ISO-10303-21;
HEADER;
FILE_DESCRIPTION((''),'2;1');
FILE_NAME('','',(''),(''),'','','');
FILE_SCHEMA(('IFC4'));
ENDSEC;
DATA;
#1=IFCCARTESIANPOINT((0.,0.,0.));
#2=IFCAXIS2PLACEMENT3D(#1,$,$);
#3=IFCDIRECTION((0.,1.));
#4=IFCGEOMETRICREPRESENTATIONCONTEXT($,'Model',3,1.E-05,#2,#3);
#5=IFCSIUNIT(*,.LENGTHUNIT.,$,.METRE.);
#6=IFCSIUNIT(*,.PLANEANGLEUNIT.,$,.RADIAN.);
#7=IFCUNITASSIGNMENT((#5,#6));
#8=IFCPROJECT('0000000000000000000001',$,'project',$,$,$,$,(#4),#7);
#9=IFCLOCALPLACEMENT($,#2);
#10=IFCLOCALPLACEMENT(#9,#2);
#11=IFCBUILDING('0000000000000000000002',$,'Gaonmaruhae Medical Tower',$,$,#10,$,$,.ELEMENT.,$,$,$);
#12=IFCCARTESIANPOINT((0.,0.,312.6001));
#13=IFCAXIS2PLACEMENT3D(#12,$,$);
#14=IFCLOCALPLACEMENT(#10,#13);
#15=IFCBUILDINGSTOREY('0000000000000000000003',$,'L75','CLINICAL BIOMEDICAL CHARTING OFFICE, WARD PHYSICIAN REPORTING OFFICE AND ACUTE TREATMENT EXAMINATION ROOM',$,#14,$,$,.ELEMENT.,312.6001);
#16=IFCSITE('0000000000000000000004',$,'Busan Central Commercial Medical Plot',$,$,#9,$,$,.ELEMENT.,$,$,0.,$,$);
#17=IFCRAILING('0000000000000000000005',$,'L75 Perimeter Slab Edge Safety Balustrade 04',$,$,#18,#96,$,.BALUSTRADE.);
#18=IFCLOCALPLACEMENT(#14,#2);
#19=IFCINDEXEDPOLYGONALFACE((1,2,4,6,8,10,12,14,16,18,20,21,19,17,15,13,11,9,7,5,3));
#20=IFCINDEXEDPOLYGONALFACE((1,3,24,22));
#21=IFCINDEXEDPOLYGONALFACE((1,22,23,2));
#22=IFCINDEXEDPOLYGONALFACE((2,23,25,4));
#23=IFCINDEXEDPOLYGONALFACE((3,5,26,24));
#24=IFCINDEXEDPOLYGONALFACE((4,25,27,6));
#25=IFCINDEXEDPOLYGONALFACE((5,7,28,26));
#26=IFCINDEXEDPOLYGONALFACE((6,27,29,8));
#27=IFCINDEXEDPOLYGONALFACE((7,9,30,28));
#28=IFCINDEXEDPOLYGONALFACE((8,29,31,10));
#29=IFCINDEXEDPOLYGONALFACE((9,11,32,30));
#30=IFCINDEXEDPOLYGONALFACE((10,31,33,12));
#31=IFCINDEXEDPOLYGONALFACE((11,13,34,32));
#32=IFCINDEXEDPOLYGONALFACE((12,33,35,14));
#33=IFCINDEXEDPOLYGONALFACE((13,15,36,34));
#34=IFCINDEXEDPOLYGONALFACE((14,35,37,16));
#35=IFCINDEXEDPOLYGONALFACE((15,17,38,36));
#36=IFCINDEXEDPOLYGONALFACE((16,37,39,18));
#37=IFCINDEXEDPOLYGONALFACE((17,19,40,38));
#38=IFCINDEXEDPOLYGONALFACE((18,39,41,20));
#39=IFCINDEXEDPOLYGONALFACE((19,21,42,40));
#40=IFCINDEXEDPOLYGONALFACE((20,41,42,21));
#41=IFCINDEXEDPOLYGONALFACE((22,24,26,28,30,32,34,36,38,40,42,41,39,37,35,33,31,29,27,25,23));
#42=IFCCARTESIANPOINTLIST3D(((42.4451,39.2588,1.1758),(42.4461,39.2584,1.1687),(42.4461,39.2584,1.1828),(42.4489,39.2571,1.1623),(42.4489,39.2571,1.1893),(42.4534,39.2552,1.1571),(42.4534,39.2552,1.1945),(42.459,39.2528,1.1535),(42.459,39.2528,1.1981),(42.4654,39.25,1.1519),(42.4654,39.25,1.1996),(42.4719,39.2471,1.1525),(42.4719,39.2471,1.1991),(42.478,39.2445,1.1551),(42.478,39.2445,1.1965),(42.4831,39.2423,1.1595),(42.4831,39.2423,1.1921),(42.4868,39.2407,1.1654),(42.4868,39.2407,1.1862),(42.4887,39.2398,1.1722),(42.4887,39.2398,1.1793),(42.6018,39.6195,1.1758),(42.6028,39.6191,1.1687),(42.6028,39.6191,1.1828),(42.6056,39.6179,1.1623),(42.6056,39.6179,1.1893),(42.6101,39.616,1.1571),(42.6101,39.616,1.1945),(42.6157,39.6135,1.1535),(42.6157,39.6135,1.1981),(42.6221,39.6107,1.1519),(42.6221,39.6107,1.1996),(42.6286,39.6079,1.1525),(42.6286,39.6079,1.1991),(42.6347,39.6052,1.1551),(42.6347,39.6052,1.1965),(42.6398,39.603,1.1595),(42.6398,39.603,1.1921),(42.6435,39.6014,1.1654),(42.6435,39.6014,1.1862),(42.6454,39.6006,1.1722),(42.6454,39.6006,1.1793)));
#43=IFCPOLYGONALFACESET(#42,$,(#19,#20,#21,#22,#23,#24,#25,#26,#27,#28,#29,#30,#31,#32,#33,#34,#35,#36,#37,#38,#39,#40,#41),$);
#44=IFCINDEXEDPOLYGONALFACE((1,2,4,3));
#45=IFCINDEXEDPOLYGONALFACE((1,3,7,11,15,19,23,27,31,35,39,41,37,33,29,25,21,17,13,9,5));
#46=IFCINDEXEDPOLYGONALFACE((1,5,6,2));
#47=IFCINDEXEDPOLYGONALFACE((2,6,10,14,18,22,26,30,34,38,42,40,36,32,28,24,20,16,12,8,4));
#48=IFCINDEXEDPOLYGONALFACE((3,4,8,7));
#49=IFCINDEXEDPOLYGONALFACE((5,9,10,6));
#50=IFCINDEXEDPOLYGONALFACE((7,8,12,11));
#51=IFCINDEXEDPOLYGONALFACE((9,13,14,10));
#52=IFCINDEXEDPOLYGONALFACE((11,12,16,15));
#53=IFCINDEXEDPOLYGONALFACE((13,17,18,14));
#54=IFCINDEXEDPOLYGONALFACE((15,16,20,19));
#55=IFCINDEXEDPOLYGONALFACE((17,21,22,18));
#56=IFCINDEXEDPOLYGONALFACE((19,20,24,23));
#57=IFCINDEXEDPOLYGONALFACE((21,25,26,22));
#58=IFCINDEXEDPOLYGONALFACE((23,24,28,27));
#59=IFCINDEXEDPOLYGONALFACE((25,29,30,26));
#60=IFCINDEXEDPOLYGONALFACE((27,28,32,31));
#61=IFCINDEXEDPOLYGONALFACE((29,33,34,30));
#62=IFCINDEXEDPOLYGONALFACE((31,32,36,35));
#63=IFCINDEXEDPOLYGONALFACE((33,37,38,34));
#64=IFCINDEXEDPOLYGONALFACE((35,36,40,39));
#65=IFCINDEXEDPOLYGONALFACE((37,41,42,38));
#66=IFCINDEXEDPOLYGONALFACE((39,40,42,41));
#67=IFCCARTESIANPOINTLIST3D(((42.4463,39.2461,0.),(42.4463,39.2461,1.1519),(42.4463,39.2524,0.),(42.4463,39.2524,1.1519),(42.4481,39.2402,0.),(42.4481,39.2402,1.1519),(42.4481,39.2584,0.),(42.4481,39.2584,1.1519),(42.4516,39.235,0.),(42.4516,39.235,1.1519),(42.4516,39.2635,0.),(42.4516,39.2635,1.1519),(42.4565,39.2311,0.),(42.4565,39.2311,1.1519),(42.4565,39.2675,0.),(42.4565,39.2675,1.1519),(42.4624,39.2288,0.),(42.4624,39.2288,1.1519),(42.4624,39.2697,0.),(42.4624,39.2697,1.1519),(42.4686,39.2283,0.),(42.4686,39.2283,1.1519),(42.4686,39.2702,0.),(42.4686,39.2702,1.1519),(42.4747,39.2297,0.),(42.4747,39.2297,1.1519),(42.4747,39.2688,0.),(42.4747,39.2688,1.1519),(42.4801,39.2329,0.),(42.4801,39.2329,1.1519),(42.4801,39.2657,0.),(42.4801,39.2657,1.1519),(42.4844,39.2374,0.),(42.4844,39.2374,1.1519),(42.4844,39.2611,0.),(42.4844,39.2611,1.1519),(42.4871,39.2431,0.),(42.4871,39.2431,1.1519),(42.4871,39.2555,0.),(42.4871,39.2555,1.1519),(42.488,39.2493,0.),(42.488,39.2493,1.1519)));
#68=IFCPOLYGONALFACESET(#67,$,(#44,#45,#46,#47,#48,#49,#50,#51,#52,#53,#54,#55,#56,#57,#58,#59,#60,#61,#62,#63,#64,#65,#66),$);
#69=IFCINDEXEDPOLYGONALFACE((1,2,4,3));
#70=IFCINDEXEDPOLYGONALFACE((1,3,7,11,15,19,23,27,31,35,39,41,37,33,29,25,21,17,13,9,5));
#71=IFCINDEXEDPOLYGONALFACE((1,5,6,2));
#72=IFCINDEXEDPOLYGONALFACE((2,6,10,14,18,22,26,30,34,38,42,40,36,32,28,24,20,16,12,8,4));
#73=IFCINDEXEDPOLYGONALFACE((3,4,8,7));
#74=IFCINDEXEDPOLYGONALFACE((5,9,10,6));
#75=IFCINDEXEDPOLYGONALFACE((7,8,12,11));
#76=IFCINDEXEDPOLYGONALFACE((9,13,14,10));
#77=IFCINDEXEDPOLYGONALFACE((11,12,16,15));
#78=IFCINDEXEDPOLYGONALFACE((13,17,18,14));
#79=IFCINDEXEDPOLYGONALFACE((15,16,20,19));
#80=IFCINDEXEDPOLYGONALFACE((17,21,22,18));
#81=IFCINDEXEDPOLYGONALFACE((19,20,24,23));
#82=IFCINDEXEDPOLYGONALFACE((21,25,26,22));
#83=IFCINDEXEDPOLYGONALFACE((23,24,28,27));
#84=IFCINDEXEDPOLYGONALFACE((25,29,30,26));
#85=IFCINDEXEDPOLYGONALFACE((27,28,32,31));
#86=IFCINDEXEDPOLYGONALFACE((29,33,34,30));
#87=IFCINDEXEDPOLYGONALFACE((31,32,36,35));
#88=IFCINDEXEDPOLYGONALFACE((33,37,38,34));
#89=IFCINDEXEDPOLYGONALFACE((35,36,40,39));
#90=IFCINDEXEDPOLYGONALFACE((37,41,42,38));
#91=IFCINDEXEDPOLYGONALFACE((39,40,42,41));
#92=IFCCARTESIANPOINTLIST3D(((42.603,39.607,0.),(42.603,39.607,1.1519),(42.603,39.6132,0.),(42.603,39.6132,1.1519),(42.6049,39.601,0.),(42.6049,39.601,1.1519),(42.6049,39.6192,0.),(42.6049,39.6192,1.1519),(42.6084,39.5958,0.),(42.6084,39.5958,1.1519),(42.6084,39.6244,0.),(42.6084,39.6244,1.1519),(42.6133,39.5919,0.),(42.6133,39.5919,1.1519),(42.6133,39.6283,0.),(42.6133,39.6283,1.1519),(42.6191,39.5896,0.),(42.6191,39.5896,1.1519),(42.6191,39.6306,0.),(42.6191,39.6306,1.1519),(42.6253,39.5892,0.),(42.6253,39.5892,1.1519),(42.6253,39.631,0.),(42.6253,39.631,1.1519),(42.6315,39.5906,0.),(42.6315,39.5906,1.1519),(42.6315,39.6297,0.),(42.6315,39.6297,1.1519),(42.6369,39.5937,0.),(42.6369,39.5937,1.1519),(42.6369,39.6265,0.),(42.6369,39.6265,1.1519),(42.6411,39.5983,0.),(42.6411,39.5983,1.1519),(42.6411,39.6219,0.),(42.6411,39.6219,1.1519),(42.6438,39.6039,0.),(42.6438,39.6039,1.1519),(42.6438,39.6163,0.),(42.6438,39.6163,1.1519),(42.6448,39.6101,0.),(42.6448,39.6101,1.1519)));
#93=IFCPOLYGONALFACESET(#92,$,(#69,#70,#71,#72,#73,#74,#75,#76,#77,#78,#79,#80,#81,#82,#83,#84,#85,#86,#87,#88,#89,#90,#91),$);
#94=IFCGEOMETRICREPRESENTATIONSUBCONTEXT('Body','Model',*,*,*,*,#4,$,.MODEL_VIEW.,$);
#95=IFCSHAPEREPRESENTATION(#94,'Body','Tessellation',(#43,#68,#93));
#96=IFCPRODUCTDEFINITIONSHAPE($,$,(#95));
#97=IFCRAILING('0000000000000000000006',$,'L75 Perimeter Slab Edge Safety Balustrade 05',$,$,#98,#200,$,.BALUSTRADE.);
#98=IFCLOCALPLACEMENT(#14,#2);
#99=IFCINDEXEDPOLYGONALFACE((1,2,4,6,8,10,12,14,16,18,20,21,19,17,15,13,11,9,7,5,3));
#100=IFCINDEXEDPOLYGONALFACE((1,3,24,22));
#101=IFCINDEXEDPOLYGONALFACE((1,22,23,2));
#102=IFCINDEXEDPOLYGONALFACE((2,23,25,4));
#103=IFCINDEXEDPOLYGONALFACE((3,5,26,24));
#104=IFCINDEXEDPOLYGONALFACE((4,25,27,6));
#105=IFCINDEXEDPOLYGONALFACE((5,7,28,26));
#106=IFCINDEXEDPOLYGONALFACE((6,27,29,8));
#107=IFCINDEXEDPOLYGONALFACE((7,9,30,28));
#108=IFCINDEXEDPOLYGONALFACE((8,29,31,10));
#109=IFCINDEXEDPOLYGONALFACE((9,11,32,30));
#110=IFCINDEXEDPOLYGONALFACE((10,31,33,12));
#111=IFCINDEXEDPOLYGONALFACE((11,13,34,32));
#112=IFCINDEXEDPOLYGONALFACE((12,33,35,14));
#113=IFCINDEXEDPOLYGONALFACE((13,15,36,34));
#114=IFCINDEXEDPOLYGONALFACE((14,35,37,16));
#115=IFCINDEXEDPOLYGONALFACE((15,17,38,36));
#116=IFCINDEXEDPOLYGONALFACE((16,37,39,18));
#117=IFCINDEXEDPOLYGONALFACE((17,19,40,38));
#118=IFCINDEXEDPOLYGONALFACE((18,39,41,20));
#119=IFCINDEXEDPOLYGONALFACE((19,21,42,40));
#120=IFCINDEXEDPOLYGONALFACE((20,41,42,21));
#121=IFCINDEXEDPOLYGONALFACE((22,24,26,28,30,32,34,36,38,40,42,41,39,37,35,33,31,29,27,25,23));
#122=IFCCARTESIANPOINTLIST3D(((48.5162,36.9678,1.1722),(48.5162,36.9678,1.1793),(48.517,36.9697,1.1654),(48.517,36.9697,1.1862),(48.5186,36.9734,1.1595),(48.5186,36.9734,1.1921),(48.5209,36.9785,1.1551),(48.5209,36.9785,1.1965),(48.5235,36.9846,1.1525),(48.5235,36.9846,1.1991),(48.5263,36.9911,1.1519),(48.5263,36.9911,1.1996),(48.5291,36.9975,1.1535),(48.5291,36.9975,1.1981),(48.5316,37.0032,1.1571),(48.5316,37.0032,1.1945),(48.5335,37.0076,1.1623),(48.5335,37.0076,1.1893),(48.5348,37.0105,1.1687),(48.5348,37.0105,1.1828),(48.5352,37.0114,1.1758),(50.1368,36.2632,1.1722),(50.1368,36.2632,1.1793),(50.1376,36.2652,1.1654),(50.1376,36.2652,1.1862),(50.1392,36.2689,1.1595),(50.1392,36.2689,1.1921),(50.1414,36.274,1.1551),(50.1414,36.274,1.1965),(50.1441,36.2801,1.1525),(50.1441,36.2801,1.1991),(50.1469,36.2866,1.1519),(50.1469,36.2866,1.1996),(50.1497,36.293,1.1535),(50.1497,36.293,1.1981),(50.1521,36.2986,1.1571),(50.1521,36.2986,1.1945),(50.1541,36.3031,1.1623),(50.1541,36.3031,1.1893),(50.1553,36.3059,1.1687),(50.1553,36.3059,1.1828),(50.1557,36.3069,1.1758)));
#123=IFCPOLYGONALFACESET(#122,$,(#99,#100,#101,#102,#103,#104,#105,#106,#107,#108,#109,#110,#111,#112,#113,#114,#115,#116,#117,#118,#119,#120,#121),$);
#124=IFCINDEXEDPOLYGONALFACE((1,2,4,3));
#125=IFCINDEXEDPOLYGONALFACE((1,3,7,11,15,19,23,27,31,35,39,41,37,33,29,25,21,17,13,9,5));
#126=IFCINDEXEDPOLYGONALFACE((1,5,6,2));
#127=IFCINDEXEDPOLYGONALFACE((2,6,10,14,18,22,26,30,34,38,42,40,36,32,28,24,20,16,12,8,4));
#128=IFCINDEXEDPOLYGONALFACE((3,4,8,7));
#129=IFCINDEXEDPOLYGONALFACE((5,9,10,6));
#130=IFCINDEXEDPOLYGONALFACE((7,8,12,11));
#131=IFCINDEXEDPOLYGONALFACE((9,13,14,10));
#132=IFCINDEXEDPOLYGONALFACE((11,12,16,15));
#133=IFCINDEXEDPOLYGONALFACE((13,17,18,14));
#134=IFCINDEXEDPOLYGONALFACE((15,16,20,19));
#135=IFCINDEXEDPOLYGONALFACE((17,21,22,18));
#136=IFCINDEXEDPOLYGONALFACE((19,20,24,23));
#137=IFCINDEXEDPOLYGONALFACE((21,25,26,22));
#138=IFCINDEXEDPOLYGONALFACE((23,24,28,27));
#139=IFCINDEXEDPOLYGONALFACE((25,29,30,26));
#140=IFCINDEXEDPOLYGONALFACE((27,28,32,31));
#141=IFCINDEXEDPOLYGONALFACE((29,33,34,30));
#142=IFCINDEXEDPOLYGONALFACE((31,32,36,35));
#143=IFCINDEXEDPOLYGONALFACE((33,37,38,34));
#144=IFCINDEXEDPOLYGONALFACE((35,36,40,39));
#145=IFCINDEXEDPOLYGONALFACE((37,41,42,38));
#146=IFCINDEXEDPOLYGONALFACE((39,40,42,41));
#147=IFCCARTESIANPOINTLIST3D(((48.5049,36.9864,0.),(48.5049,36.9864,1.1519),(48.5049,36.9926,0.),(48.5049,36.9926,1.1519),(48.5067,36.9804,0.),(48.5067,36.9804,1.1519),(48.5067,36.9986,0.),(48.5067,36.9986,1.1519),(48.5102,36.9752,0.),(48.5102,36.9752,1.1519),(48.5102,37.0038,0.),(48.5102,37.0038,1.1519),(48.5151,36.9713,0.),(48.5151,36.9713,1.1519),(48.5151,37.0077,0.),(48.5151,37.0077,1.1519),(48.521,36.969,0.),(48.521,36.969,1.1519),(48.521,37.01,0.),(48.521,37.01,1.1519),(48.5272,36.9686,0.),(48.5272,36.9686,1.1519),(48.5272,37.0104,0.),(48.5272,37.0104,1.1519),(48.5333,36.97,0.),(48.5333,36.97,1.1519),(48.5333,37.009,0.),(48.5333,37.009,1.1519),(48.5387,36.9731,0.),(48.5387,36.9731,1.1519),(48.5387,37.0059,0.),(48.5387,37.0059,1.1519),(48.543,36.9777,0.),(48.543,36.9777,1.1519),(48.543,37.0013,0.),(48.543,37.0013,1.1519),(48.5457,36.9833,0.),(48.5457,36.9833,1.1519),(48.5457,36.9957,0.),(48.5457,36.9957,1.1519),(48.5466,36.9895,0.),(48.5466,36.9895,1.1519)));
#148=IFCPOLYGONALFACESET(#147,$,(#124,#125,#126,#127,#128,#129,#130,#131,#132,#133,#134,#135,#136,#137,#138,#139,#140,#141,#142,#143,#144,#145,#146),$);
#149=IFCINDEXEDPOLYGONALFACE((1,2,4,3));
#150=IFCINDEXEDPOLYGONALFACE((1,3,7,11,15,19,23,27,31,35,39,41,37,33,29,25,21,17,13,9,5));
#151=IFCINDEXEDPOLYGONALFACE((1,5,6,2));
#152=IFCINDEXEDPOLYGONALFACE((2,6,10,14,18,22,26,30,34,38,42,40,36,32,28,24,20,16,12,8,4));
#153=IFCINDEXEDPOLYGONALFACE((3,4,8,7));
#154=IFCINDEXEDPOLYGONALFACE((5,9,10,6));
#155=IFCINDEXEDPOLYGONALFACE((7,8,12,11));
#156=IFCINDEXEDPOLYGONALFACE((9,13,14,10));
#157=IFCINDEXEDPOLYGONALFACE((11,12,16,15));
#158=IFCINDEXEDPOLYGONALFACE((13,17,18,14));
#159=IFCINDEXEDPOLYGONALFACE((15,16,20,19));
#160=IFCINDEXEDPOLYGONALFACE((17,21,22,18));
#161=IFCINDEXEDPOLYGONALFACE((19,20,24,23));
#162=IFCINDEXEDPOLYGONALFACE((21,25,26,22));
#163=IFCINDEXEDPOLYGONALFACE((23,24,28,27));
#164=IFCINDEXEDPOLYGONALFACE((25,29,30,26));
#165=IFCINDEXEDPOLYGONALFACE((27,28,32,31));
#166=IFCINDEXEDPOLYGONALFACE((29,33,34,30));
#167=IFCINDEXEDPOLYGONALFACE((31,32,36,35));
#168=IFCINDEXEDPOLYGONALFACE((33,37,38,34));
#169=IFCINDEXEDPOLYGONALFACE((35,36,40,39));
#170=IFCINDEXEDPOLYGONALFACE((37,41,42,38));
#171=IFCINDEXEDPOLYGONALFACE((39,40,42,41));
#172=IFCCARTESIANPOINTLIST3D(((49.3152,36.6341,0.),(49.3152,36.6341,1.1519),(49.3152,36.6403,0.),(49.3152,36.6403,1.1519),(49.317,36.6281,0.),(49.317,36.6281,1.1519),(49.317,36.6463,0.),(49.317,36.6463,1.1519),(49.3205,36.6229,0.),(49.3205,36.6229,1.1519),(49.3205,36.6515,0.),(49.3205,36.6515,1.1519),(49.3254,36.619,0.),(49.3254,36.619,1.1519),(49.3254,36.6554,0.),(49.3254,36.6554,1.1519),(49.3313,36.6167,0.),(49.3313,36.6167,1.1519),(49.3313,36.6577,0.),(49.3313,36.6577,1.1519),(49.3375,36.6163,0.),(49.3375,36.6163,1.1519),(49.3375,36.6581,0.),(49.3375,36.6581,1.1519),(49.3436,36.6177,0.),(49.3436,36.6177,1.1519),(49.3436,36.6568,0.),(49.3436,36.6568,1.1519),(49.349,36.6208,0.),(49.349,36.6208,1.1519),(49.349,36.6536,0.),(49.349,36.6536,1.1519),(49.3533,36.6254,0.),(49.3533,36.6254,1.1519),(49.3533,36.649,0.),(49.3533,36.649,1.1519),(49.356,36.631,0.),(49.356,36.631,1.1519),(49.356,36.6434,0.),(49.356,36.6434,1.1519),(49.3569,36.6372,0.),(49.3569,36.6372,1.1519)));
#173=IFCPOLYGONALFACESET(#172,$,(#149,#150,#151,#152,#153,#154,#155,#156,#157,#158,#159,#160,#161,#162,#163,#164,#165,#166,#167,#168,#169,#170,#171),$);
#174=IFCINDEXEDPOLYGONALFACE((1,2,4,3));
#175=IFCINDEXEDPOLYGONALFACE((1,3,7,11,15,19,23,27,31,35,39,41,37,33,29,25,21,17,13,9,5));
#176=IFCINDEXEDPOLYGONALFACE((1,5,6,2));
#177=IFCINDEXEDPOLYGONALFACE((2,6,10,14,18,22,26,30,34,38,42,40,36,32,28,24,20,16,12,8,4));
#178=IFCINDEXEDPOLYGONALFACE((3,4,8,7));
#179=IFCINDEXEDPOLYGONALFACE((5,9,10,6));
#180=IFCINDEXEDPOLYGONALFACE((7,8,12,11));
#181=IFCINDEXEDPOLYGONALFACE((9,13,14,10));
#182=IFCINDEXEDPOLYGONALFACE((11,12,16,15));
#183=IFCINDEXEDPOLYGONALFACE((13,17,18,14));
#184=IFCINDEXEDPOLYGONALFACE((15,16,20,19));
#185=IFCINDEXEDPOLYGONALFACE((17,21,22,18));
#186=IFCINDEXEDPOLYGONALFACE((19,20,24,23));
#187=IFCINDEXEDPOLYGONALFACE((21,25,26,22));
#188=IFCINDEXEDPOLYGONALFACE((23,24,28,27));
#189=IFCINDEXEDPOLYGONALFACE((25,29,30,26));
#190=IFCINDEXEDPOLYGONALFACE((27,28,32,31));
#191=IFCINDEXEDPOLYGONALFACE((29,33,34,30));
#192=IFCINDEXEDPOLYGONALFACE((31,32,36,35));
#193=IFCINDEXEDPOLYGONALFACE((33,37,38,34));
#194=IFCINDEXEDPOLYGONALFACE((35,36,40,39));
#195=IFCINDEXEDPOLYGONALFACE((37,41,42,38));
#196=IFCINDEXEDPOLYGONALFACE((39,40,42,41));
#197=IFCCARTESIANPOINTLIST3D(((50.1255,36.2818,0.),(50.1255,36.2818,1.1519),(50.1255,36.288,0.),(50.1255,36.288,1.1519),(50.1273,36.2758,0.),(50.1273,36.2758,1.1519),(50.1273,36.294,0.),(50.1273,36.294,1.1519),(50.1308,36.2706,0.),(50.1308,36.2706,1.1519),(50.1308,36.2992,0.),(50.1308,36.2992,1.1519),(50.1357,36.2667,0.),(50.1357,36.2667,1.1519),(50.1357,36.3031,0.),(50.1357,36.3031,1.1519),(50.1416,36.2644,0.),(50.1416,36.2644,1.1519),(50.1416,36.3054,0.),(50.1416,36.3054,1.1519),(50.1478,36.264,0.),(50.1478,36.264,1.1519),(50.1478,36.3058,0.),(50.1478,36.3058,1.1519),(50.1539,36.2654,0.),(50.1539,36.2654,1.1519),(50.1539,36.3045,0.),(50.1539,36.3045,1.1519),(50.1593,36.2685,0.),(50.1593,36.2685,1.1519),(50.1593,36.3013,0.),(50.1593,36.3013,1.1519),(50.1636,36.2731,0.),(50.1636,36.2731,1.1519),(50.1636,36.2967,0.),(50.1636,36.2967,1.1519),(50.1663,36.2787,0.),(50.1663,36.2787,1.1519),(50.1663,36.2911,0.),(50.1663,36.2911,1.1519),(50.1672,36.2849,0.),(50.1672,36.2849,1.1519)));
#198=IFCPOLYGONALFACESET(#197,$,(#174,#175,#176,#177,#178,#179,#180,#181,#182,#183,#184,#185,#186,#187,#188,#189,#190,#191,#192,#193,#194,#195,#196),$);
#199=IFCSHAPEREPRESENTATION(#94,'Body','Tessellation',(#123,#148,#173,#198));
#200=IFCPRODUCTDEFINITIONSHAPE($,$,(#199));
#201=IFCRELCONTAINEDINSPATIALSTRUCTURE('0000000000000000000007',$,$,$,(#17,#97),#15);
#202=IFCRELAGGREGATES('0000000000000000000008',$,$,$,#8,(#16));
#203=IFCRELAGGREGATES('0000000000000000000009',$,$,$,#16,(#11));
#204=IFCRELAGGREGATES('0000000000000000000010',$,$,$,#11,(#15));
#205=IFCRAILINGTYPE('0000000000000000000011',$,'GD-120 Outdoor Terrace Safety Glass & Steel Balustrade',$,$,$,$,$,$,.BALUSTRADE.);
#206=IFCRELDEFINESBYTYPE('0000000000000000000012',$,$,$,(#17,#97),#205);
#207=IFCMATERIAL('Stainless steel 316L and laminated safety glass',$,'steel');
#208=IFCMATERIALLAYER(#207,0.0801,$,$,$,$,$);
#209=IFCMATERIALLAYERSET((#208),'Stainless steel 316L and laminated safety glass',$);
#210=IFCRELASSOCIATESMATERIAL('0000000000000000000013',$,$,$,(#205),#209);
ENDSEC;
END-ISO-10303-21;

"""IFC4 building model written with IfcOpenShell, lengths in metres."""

from ifc_helpers import new_model, si_unit, direction, frame, origin, origin_2d, place, context, subcontext, project, spatial, circle, extrude, material, layer, layer_set, type_object, element, save


model = new_model("IFC4")

# Units and contexts
model_context = context("Model", 3, precision=1e-05, world=origin(), true_north=direction((0.0, 1.0)))
body_context = subcontext(model_context, "Body", "Model", "MODEL_VIEW")
ifc_project = project(units=[si_unit("LENGTHUNIT", "METRE"), si_unit("PLANEANGLEUNIT", "RADIAN")], contexts=[model_context])

# Site, building, storey
site_placement = place(None, origin())
site = spatial("IfcSite", under=ifc_project, at=site_placement, Name="Busan Central Commercial Medical Plot", CompositionType="ELEMENT", RefElevation=0.0)
building_placement = place(site_placement, origin())
building = spatial("IfcBuilding", under=site, at=building_placement, Name="Gaonmaruhae Medical Tower", CompositionType="ELEMENT")
storey_placement = place(building_placement, frame((0.0, 0.0, 312.6001)))
storey = spatial("IfcBuildingStorey", under=building, at=storey_placement, Name="L75", Description="CLINICAL BIOMEDICAL CHARTING OFFICE, WARD PHYSICIAN REPORTING OFFICE AND ACUTE TREATMENT EXAMINATION ROOM", CompositionType="ELEMENT", Elevation=312.6001)

# Railings
ifc_material_1 = material(Name="Stainless steel 316L and laminated safety glass", Category="steel")
ifc_layer_1 = layer(ifc_material_1, 0.0801)
ifc_layer_set_1 = layer_set([ifc_layer_1], Name="Stainless steel 316L and laminated safety glass")
railing_type = type_object("IfcRailingType", Name="GD-120 Outdoor Terrace Safety Glass & Steel Balustrade", PredefinedType="BALUSTRADE", material=ifc_layer_set_1)
railing_1_placement = place(storey_placement, frame((42.467, 39.2493, 0.0)))
element("IfcRailing", 1, at=railing_1_placement, inside=storey, type_object=railing_type, Name="L75 Perimeter Slab Edge Safety Balustrade 04", PredefinedType="BALUSTRADE", context=body_context, shape_type="SweptSolid", body=[
    extrude(circle(Radius=0.0239, at=origin_2d()), frame((0.0, 0.0, 1.1758), z_axis=(0.398408, 0.917208, 0.0), x_axis=(-0.917208, 0.398408, 0.0)), (0.0, 0.0, 1.0), 0.3933),
    extrude(circle(Radius=0.021, at=origin_2d()), origin(), (0.0, 0.0, 1.0), 1.1519),
    extrude(circle(Radius=0.021, at=origin_2d()), frame((0.1567, 0.3608, 0.0)), (0.0, 0.0, 1.0), 1.1519),
])
railing_2_placement = place(storey_placement, frame((48.5256, 36.9895, 0.0)))
element("IfcRailing", 2, at=railing_2_placement, inside=storey, type_object=railing_type, Name="L75 Perimeter Slab Edge Safety Balustrade 05", PredefinedType="BALUSTRADE", context=body_context, shape_type="SweptSolid", body=[
    extrude(circle(Radius=0.0239, at=origin_2d()), frame((0.0, 0.0, 1.1758), z_axis=(0.917074, -0.398716, 0.0), x_axis=(0.398716, 0.917074, 0.0)), (0.0, 0.0, 1.0), 1.7671),
    extrude(circle(Radius=0.021, at=origin_2d()), origin(), (0.0, 0.0, 1.0), 1.1519),
    extrude(circle(Radius=0.021, at=origin_2d()), frame((0.8103, -0.3523, 0.0)), (0.0, 0.0, 1.0), 1.1519),
    extrude(circle(Radius=0.021, at=origin_2d()), frame((1.6206, -0.7046, 0.0)), (0.0, 0.0, 1.0), 1.1519),
])

save(model, "model.ifc")
